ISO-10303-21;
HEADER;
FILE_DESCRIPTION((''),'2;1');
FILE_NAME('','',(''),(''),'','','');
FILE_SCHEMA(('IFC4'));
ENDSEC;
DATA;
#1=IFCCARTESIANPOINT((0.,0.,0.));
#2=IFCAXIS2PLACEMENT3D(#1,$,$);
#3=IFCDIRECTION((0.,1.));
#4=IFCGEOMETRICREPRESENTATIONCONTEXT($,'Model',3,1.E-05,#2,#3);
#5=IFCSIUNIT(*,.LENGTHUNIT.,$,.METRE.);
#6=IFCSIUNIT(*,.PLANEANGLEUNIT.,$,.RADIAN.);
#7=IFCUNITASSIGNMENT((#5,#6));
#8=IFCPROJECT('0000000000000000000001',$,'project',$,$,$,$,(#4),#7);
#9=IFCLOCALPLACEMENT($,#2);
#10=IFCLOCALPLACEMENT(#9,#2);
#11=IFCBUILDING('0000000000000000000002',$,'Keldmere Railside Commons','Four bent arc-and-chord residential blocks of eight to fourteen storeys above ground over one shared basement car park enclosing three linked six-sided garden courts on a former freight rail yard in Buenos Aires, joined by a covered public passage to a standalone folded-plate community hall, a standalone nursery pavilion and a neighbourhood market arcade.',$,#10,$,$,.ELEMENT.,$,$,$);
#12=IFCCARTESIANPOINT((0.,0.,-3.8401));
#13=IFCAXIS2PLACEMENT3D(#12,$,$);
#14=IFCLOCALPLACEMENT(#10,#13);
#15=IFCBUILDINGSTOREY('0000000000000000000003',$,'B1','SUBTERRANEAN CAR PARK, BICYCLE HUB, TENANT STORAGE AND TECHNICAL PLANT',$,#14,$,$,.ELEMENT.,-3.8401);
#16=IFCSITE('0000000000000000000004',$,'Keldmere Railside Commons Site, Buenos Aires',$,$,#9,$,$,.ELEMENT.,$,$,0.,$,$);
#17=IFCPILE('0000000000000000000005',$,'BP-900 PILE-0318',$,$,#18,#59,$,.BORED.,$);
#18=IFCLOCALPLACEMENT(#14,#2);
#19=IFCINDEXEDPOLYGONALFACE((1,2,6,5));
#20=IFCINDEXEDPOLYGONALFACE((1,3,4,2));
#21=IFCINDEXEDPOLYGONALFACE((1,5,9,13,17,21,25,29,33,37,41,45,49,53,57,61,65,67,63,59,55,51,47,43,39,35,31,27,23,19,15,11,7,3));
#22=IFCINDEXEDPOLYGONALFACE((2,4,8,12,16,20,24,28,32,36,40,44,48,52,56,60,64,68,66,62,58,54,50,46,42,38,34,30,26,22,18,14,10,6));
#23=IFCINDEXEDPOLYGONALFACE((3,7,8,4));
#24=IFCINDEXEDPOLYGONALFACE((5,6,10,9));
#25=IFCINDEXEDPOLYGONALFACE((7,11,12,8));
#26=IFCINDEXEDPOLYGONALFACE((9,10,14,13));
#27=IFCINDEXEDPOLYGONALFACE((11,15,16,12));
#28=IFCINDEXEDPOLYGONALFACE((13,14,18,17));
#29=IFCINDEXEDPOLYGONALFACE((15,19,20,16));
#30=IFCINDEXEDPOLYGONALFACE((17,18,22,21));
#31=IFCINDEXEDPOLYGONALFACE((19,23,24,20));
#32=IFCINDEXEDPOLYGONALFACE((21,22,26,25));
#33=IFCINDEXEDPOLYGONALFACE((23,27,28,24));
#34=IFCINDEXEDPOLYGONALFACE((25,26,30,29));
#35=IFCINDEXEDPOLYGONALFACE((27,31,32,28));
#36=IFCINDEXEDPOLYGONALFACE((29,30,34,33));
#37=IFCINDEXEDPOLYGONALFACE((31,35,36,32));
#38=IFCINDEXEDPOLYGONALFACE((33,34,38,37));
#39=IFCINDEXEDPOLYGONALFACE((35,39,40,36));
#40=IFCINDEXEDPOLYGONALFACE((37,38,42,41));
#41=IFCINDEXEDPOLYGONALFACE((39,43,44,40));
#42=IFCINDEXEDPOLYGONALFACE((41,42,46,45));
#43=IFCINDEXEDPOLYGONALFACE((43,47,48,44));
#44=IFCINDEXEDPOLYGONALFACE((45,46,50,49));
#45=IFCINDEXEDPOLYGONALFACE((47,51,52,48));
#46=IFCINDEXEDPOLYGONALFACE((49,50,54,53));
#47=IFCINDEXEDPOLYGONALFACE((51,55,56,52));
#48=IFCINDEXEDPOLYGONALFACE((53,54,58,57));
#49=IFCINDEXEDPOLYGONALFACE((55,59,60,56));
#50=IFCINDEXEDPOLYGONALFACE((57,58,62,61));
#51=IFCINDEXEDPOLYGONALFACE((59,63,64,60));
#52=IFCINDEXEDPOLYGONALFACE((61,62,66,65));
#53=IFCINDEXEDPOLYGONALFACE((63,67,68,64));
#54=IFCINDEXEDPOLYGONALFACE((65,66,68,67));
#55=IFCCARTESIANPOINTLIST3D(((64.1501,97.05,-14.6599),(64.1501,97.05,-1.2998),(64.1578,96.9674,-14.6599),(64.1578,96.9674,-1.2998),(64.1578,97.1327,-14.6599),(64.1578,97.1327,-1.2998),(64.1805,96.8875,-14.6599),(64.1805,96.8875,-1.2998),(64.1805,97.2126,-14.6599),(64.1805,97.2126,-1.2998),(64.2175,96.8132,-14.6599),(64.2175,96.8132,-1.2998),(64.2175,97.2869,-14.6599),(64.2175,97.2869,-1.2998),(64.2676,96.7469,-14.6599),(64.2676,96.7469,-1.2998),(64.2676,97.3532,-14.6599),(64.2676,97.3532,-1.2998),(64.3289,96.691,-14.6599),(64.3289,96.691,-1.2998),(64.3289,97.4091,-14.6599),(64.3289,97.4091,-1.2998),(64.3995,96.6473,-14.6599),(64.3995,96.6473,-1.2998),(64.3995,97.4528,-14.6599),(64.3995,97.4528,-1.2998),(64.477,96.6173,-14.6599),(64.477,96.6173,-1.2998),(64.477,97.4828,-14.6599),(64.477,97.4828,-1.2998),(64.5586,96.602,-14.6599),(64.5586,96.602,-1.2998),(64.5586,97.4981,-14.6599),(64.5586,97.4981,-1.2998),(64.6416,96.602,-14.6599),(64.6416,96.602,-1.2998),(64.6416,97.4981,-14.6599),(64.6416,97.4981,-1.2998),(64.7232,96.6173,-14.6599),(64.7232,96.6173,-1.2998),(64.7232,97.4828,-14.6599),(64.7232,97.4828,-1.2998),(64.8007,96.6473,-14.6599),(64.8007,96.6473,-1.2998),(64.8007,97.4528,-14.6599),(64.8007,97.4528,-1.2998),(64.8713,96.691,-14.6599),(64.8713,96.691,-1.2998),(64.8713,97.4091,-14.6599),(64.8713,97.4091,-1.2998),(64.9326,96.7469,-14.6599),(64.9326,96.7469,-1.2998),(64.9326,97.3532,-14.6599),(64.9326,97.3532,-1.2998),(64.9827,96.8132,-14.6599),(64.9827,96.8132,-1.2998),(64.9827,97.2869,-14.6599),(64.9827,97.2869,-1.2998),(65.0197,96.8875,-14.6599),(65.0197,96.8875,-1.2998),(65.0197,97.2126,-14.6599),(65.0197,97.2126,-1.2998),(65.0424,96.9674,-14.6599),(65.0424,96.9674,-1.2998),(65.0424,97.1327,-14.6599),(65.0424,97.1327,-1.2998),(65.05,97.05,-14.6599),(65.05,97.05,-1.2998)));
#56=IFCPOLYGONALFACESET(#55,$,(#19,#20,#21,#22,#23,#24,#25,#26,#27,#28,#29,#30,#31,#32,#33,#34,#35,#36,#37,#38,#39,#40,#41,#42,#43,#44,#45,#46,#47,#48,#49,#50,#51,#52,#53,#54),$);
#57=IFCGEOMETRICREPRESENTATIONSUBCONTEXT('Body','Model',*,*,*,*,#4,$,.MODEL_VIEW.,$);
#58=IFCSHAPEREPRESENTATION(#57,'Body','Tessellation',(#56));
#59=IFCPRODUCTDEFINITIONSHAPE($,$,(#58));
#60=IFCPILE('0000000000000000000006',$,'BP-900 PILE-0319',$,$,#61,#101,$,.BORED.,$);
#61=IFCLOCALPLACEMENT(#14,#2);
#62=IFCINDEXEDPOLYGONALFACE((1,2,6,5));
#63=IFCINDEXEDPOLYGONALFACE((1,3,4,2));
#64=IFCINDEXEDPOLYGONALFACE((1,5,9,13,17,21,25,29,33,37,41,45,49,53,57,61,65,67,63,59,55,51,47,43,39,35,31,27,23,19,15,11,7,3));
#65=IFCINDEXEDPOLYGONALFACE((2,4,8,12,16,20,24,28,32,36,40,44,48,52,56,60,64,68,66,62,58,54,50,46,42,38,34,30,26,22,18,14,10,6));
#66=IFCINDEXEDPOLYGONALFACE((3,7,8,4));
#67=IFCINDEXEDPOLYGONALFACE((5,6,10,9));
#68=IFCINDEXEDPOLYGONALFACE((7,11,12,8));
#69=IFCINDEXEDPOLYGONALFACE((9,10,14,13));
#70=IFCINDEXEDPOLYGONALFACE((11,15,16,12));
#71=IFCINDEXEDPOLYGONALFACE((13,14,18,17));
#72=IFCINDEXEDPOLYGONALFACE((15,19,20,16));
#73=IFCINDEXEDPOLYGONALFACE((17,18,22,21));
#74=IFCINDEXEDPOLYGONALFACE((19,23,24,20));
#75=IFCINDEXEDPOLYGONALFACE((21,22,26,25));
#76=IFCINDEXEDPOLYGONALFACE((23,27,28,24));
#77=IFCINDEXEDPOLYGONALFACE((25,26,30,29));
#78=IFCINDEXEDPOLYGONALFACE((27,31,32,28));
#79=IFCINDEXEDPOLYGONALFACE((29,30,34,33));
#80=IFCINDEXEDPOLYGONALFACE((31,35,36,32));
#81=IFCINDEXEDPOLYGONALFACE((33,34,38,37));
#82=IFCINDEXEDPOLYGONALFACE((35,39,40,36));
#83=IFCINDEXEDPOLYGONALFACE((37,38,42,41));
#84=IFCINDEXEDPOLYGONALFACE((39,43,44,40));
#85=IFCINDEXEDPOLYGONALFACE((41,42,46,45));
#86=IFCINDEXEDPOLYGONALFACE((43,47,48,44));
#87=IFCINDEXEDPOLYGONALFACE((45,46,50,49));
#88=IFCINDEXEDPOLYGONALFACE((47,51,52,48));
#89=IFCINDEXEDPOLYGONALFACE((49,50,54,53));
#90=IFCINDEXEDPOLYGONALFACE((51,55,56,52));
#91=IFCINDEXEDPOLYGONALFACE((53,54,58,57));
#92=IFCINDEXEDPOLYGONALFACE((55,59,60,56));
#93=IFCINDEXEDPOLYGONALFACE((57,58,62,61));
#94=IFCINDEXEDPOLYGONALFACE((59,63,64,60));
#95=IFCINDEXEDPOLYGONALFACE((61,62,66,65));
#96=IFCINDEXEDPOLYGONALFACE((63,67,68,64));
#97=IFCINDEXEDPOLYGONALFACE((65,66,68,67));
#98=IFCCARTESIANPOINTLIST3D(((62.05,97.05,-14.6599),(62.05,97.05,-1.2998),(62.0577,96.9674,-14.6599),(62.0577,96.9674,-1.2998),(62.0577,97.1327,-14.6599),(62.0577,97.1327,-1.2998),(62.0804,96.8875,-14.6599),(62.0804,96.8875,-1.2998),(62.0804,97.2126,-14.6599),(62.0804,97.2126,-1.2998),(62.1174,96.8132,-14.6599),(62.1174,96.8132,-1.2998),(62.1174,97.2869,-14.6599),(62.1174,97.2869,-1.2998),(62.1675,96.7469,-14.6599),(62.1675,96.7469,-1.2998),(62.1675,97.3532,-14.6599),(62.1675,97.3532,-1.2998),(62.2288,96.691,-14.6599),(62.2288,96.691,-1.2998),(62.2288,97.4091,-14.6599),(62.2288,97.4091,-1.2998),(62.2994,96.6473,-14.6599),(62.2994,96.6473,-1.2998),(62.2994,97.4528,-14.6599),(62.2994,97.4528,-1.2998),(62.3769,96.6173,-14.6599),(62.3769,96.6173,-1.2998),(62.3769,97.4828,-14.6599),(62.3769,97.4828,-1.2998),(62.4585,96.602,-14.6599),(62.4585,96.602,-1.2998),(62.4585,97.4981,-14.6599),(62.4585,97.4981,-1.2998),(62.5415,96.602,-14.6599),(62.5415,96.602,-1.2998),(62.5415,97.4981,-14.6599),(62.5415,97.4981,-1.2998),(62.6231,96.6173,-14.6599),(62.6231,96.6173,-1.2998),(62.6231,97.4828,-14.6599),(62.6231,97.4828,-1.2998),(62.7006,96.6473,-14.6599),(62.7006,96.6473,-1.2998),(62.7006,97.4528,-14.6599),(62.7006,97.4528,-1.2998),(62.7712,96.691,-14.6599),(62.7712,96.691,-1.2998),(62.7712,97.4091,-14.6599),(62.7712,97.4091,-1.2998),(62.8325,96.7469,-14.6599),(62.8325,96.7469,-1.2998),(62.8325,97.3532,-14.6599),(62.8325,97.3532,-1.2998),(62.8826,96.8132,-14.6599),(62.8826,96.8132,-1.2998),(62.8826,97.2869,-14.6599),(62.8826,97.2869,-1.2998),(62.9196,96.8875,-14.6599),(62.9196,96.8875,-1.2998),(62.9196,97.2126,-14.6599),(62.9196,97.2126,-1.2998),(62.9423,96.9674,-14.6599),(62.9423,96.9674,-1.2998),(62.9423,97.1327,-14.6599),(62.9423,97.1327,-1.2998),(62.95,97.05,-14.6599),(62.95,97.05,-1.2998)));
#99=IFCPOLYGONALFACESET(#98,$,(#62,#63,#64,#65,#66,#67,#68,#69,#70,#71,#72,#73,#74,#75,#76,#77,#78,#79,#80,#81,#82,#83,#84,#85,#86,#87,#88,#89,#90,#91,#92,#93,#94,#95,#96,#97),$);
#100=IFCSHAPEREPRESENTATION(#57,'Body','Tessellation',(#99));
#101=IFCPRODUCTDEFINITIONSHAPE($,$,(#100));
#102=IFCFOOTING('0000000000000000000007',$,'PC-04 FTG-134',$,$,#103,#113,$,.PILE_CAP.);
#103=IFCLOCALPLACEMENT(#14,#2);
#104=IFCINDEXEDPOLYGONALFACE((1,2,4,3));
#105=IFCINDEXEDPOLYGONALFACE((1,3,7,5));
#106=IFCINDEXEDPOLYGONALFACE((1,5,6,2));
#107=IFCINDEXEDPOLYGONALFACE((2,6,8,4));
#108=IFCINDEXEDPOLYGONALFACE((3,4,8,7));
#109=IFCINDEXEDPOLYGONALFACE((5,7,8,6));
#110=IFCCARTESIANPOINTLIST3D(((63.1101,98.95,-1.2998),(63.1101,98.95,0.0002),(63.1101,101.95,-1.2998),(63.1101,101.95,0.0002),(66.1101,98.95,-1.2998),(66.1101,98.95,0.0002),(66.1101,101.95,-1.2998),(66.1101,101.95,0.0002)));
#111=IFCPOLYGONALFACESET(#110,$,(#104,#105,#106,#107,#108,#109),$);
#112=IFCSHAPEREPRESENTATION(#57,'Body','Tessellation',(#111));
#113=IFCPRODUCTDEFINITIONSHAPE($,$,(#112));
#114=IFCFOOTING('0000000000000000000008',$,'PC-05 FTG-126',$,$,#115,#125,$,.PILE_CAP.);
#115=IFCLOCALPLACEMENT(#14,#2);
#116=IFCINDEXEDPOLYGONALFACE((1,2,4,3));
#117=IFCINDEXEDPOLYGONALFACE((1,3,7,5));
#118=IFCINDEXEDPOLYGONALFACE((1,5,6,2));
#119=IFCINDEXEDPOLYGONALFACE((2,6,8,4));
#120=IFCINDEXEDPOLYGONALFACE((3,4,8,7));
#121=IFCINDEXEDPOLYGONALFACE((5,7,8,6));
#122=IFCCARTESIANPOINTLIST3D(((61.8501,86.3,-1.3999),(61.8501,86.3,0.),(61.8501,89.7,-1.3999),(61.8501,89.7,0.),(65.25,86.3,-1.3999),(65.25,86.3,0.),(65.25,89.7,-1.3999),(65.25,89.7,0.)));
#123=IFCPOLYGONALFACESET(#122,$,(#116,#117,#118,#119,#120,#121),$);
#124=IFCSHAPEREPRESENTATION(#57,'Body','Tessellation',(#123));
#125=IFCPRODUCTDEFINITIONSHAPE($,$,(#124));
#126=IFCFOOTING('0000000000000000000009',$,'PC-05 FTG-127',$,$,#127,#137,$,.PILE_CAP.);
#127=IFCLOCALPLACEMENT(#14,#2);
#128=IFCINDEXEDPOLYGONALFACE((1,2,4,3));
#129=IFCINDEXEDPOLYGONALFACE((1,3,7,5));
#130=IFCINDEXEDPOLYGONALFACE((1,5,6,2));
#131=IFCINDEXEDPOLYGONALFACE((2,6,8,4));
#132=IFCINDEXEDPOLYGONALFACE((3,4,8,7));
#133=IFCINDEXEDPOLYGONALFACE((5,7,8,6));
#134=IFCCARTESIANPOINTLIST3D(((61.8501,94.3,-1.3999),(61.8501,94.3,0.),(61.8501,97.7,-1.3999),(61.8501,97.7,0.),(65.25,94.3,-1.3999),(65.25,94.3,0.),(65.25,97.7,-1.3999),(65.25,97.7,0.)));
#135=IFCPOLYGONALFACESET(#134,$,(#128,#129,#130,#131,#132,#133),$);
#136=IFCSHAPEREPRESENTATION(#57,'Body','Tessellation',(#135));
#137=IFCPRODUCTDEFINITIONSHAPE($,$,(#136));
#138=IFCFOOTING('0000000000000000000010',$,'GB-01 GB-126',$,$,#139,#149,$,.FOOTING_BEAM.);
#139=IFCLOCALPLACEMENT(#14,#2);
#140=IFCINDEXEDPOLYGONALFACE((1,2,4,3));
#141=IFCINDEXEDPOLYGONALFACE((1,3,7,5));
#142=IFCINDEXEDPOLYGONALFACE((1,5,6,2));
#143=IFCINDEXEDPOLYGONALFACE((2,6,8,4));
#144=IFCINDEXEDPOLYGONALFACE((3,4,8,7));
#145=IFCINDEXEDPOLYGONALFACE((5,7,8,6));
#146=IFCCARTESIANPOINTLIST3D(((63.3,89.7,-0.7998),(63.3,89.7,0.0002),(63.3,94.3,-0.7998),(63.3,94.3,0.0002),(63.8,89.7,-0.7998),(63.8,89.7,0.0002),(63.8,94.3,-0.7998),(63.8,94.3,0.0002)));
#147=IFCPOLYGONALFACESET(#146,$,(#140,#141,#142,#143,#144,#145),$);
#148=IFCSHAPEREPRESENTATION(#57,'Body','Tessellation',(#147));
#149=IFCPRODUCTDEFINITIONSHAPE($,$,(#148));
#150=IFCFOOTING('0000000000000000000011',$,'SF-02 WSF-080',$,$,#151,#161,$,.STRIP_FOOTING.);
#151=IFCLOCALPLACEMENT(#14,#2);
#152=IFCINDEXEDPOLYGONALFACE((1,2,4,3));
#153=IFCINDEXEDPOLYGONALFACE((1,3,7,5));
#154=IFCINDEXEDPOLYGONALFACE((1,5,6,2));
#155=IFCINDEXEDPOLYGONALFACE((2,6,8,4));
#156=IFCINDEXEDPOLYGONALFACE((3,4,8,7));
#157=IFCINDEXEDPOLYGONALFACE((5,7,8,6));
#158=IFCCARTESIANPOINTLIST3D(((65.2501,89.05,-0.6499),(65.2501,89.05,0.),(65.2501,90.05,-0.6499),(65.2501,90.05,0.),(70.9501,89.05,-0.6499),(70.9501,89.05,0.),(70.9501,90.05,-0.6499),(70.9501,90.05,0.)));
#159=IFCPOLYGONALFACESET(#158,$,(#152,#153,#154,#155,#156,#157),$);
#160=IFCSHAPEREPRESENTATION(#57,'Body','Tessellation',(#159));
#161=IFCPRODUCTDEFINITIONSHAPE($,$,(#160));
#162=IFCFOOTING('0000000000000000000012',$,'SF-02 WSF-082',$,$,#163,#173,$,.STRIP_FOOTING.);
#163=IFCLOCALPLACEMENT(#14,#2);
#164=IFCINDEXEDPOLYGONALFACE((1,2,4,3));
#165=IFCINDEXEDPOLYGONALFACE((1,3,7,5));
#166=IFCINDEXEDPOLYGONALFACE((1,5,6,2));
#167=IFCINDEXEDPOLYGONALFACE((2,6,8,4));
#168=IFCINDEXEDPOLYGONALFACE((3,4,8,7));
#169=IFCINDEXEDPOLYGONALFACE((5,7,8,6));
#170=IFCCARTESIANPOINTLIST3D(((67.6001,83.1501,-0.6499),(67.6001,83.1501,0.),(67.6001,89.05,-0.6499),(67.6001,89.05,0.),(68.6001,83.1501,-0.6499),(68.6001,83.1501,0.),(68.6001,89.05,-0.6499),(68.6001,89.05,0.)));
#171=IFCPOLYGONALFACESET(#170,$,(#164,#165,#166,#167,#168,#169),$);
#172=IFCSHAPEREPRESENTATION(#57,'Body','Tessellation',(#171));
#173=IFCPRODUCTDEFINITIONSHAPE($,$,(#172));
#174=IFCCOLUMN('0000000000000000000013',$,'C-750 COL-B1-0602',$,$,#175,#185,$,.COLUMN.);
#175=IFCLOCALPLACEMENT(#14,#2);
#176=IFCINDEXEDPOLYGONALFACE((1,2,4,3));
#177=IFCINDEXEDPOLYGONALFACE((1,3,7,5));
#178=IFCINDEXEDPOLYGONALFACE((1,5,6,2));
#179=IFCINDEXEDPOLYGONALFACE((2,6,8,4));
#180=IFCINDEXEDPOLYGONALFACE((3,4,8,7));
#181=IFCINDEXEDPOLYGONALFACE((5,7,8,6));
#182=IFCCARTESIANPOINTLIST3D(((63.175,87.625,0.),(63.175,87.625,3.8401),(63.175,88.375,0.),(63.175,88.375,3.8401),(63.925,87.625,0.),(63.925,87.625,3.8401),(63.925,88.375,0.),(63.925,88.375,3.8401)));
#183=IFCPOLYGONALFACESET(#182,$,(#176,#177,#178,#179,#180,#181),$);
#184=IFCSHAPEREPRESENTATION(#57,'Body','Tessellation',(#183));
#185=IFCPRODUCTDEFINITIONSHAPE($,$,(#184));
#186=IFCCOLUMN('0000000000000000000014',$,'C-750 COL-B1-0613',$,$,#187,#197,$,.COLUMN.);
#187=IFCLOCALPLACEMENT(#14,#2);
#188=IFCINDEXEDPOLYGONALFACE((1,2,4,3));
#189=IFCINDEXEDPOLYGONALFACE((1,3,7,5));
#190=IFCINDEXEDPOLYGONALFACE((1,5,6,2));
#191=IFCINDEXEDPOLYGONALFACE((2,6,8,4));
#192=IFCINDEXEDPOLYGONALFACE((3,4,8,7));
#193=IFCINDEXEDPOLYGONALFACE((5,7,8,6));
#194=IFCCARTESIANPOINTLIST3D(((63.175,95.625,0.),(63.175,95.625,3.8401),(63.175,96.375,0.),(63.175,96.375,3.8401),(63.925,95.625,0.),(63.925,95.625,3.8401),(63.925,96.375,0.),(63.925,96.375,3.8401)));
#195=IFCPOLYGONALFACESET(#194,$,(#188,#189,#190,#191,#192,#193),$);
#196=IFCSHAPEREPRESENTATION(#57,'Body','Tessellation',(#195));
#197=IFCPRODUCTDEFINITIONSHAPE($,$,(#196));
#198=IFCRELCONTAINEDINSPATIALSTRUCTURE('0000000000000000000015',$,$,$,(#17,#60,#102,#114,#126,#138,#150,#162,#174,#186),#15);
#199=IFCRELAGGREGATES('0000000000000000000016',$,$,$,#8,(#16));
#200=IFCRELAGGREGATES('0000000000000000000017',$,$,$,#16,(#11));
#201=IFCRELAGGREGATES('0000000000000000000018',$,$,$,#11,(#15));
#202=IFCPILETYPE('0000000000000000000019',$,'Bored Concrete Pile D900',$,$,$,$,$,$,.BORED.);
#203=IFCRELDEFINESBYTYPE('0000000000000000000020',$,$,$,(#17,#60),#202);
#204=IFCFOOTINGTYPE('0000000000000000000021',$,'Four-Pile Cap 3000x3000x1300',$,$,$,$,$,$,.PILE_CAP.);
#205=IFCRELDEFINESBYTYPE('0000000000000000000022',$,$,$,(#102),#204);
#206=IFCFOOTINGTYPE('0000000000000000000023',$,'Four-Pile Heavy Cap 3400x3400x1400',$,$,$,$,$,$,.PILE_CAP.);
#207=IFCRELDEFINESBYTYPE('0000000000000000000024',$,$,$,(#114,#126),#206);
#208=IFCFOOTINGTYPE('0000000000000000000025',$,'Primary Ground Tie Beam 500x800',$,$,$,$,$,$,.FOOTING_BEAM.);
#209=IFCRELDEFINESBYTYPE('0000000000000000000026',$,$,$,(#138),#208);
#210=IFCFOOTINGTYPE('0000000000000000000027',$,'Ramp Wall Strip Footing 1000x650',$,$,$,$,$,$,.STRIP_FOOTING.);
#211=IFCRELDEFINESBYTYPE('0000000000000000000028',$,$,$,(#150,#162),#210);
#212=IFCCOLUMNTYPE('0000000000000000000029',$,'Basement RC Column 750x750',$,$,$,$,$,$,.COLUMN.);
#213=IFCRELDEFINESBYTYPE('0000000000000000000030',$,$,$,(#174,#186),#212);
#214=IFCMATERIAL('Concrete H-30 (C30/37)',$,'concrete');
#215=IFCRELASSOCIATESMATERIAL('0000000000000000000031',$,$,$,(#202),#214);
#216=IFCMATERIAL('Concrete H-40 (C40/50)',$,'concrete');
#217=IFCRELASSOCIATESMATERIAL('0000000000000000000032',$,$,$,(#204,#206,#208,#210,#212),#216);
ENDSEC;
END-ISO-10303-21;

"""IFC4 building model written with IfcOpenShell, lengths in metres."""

from ifc_helpers import new_model, si_unit, direction, frame, origin, origin_2d, place, context, subcontext, project, spatial, rectangle, circle, extrude, material, material_profile, profile_set, type_object, element, save


model = new_model("IFC4")

# Units and contexts
model_context = context("Model", 3, precision=1e-05, world=origin(), true_north=direction((0.0, 1.0)))
body_context = subcontext(model_context, "Body", "Model", "MODEL_VIEW")
ifc_project = project(units=[si_unit("LENGTHUNIT", "METRE"), si_unit("PLANEANGLEUNIT", "RADIAN")], contexts=[model_context])

# Site, building, storey
site_placement = place(None, origin())
site = spatial("IfcSite", under=ifc_project, at=site_placement, Name="Keldmere Railside Commons Site, Buenos Aires", CompositionType="ELEMENT", RefElevation=0.0)
building_placement = place(site_placement, origin())
building = spatial("IfcBuilding", under=site, at=building_placement, Name="Keldmere Railside Commons", Description="Four bent arc-and-chord residential blocks of eight to fourteen storeys above ground over one shared basement car park enclosing three linked six-sided garden courts on a former freight rail yard in Buenos Aires, joined by a covered public passage to a standalone folded-plate community hall, a standalone nursery pavilion and a neighbourhood market arcade.", CompositionType="ELEMENT")
storey_placement = place(building_placement, frame((0.0, 0.0, -3.8401)))
storey = spatial("IfcBuildingStorey", under=building, at=storey_placement, Name="B1", Description="SUBTERRANEAN CAR PARK, BICYCLE HUB, TENANT STORAGE AND TECHNICAL PLANT", CompositionType="ELEMENT", Elevation=-3.8401)

# Piles
ifc_material_1 = material(Name="Concrete H-30 (C30/37)", Category="concrete")
ifc_material_profile_1 = material_profile(ifc_material_1, circle(Radius=0.45, at=origin_2d()), Name="PILE-D900")
ifc_profile_set_1 = profile_set([ifc_material_profile_1], Name="Concrete H-30 (C30/37)")
pile_type_1 = type_object("IfcPileType", Name="Bored Concrete Pile D900", PredefinedType="BORED", material=ifc_profile_set_1)
for number, where, z_axis, x_axis, name in (
    (1, (64.6001, 97.05, -1.2998), (0.0, 0.0, -1.0), (1.0, 0.0, 0.0), "BP-900 PILE-0318"),
    (2, (62.5, 97.05, -1.2998), (0.0, 0.0, -1.0), (1.0, 0.0, 0.0), "BP-900 PILE-0319"),
):
    element("IfcPile", number, at=place(storey_placement, frame(where, z_axis=z_axis, x_axis=x_axis)), inside=storey, type_object=pile_type_1, Name=name, PredefinedType="BORED", context=body_context, shape_type="SweptSolid", body=[
        extrude(circle(Radius=0.45, at=origin_2d()), origin(), (0.0, 0.0, 1.0), 13.3601),
    ])

# Footings
ifc_material_2 = material(Name="Concrete H-40 (C40/50)", Category="concrete")
footing_type_1 = type_object("IfcFootingType", Name="Four-Pile Cap 3000x3000x1300", PredefinedType="PILE_CAP", material=ifc_material_2)
footing_1_placement = place(storey_placement, frame((64.6101, 100.45, -1.2998), z_axis=(0.0, 0.0, 1.0), x_axis=(1.0, 0.0, 0.0)))
element("IfcFooting", 3, at=footing_1_placement, inside=storey, type_object=footing_type_1, Name="PC-04 FTG-134", PredefinedType="PILE_CAP", context=body_context, shape_type="SweptSolid", body=[
    extrude(rectangle(XDim=3.0, YDim=3.0, at=origin_2d()), origin(), (0.0, 0.0, 1.0), 1.3),
])
footing_type_2 = type_object("IfcFootingType", Name="Four-Pile Heavy Cap 3400x3400x1400", PredefinedType="PILE_CAP", material=ifc_material_2)
for number, where, z_axis, x_axis, name in (
    (4, (63.55, 88.0, -1.3999), (0.0, 0.0, 1.0), (1.0, 0.0, 0.0), "PC-05 FTG-126"),
    (5, (63.55, 96.0, -1.3999), (0.0, 0.0, 1.0), (1.0, 0.0, 0.0), "PC-05 FTG-127"),
):
    element("IfcFooting", number, at=place(storey_placement, frame(where, z_axis=z_axis, x_axis=x_axis)), inside=storey, type_object=footing_type_2, Name=name, PredefinedType="PILE_CAP", context=body_context, shape_type="SweptSolid", body=[
        extrude(rectangle(XDim=3.3999, YDim=3.3999, at=origin_2d()), origin(), (0.0, 0.0, 1.0), 1.3999),
    ])
footing_type_3 = type_object("IfcFootingType", Name="Primary Ground Tie Beam 500x800", PredefinedType="FOOTING_BEAM", material=ifc_material_2)
footing_2_placement = place(storey_placement, frame((63.55, 92.0, -0.7998), z_axis=(0.0, 0.0, 1.0), x_axis=(0.0, 1.0, 0.0)))
element("IfcFooting", 6, at=footing_2_placement, inside=storey, type_object=footing_type_3, Name="GB-01 GB-126", PredefinedType="FOOTING_BEAM", context=body_context, shape_type="SweptSolid", body=[
    extrude(rectangle(XDim=4.6001, YDim=0.5, at=origin_2d()), origin(), (0.0, 0.0, 1.0), 0.8),
])
footing_type_4 = type_object("IfcFootingType", Name="Ramp Wall Strip Footing 1000x650", PredefinedType="STRIP_FOOTING", material=ifc_material_2)
footing_3_placement = place(storey_placement, frame((68.1001, 89.55, -0.6499), z_axis=(0.0, 0.0, 1.0), x_axis=(1.0, 0.0, 0.0)))
element("IfcFooting", 7, at=footing_3_placement, inside=storey, type_object=footing_type_4, Name="SF-02 WSF-080", PredefinedType="STRIP_FOOTING", context=body_context, shape_type="SweptSolid", body=[
    extrude(rectangle(XDim=5.7, YDim=1.0, at=origin_2d()), origin(), (0.0, 0.0, 1.0), 0.6499),
])
footing_4_placement = place(storey_placement, frame((68.1001, 86.1001, -0.6499), z_axis=(0.0, 0.0, 1.0), x_axis=(0.0, 1.0, 0.0)))
element("IfcFooting", 8, at=footing_4_placement, inside=storey, type_object=footing_type_4, Name="SF-02 WSF-082", PredefinedType="STRIP_FOOTING", context=body_context, shape_type="SweptSolid", body=[
    extrude(rectangle(XDim=5.8999, YDim=1.0, at=origin_2d()), origin(), (0.0, 0.0, 1.0), 0.6499),
])

# Columns
ifc_material_profile_2 = material_profile(ifc_material_2, rectangle(XDim=0.75, YDim=0.75, at=origin_2d()), Name="RC-750x750")
ifc_profile_set_2 = profile_set([ifc_material_profile_2], Name="Concrete H-40 (C40/50)")
column_type = type_object("IfcColumnType", Name="Basement RC Column 750x750", PredefinedType="COLUMN", material=ifc_profile_set_2)
for number, where, z_axis, x_axis, name in (
    (9, (63.55, 88.0, 0.0), (0.0, 0.0, 1.0), (1.0, 0.0, 0.0), "C-750 COL-B1-0602"),
    (10, (63.55, 96.0, 0.0), (0.0, 0.0, 1.0), (1.0, 0.0, 0.0), "C-750 COL-B1-0613"),
):
    element("IfcColumn", number, at=place(storey_placement, frame(where, z_axis=z_axis, x_axis=x_axis)), inside=storey, type_object=column_type, Name=name, PredefinedType="COLUMN", context=body_context, shape_type="SweptSolid", body=[
        extrude(rectangle(XDim=0.75, YDim=0.75, at=origin_2d()), origin(), (0.0, 0.0, 1.0), 3.8401),
    ])

save(model, "model.ifc")
